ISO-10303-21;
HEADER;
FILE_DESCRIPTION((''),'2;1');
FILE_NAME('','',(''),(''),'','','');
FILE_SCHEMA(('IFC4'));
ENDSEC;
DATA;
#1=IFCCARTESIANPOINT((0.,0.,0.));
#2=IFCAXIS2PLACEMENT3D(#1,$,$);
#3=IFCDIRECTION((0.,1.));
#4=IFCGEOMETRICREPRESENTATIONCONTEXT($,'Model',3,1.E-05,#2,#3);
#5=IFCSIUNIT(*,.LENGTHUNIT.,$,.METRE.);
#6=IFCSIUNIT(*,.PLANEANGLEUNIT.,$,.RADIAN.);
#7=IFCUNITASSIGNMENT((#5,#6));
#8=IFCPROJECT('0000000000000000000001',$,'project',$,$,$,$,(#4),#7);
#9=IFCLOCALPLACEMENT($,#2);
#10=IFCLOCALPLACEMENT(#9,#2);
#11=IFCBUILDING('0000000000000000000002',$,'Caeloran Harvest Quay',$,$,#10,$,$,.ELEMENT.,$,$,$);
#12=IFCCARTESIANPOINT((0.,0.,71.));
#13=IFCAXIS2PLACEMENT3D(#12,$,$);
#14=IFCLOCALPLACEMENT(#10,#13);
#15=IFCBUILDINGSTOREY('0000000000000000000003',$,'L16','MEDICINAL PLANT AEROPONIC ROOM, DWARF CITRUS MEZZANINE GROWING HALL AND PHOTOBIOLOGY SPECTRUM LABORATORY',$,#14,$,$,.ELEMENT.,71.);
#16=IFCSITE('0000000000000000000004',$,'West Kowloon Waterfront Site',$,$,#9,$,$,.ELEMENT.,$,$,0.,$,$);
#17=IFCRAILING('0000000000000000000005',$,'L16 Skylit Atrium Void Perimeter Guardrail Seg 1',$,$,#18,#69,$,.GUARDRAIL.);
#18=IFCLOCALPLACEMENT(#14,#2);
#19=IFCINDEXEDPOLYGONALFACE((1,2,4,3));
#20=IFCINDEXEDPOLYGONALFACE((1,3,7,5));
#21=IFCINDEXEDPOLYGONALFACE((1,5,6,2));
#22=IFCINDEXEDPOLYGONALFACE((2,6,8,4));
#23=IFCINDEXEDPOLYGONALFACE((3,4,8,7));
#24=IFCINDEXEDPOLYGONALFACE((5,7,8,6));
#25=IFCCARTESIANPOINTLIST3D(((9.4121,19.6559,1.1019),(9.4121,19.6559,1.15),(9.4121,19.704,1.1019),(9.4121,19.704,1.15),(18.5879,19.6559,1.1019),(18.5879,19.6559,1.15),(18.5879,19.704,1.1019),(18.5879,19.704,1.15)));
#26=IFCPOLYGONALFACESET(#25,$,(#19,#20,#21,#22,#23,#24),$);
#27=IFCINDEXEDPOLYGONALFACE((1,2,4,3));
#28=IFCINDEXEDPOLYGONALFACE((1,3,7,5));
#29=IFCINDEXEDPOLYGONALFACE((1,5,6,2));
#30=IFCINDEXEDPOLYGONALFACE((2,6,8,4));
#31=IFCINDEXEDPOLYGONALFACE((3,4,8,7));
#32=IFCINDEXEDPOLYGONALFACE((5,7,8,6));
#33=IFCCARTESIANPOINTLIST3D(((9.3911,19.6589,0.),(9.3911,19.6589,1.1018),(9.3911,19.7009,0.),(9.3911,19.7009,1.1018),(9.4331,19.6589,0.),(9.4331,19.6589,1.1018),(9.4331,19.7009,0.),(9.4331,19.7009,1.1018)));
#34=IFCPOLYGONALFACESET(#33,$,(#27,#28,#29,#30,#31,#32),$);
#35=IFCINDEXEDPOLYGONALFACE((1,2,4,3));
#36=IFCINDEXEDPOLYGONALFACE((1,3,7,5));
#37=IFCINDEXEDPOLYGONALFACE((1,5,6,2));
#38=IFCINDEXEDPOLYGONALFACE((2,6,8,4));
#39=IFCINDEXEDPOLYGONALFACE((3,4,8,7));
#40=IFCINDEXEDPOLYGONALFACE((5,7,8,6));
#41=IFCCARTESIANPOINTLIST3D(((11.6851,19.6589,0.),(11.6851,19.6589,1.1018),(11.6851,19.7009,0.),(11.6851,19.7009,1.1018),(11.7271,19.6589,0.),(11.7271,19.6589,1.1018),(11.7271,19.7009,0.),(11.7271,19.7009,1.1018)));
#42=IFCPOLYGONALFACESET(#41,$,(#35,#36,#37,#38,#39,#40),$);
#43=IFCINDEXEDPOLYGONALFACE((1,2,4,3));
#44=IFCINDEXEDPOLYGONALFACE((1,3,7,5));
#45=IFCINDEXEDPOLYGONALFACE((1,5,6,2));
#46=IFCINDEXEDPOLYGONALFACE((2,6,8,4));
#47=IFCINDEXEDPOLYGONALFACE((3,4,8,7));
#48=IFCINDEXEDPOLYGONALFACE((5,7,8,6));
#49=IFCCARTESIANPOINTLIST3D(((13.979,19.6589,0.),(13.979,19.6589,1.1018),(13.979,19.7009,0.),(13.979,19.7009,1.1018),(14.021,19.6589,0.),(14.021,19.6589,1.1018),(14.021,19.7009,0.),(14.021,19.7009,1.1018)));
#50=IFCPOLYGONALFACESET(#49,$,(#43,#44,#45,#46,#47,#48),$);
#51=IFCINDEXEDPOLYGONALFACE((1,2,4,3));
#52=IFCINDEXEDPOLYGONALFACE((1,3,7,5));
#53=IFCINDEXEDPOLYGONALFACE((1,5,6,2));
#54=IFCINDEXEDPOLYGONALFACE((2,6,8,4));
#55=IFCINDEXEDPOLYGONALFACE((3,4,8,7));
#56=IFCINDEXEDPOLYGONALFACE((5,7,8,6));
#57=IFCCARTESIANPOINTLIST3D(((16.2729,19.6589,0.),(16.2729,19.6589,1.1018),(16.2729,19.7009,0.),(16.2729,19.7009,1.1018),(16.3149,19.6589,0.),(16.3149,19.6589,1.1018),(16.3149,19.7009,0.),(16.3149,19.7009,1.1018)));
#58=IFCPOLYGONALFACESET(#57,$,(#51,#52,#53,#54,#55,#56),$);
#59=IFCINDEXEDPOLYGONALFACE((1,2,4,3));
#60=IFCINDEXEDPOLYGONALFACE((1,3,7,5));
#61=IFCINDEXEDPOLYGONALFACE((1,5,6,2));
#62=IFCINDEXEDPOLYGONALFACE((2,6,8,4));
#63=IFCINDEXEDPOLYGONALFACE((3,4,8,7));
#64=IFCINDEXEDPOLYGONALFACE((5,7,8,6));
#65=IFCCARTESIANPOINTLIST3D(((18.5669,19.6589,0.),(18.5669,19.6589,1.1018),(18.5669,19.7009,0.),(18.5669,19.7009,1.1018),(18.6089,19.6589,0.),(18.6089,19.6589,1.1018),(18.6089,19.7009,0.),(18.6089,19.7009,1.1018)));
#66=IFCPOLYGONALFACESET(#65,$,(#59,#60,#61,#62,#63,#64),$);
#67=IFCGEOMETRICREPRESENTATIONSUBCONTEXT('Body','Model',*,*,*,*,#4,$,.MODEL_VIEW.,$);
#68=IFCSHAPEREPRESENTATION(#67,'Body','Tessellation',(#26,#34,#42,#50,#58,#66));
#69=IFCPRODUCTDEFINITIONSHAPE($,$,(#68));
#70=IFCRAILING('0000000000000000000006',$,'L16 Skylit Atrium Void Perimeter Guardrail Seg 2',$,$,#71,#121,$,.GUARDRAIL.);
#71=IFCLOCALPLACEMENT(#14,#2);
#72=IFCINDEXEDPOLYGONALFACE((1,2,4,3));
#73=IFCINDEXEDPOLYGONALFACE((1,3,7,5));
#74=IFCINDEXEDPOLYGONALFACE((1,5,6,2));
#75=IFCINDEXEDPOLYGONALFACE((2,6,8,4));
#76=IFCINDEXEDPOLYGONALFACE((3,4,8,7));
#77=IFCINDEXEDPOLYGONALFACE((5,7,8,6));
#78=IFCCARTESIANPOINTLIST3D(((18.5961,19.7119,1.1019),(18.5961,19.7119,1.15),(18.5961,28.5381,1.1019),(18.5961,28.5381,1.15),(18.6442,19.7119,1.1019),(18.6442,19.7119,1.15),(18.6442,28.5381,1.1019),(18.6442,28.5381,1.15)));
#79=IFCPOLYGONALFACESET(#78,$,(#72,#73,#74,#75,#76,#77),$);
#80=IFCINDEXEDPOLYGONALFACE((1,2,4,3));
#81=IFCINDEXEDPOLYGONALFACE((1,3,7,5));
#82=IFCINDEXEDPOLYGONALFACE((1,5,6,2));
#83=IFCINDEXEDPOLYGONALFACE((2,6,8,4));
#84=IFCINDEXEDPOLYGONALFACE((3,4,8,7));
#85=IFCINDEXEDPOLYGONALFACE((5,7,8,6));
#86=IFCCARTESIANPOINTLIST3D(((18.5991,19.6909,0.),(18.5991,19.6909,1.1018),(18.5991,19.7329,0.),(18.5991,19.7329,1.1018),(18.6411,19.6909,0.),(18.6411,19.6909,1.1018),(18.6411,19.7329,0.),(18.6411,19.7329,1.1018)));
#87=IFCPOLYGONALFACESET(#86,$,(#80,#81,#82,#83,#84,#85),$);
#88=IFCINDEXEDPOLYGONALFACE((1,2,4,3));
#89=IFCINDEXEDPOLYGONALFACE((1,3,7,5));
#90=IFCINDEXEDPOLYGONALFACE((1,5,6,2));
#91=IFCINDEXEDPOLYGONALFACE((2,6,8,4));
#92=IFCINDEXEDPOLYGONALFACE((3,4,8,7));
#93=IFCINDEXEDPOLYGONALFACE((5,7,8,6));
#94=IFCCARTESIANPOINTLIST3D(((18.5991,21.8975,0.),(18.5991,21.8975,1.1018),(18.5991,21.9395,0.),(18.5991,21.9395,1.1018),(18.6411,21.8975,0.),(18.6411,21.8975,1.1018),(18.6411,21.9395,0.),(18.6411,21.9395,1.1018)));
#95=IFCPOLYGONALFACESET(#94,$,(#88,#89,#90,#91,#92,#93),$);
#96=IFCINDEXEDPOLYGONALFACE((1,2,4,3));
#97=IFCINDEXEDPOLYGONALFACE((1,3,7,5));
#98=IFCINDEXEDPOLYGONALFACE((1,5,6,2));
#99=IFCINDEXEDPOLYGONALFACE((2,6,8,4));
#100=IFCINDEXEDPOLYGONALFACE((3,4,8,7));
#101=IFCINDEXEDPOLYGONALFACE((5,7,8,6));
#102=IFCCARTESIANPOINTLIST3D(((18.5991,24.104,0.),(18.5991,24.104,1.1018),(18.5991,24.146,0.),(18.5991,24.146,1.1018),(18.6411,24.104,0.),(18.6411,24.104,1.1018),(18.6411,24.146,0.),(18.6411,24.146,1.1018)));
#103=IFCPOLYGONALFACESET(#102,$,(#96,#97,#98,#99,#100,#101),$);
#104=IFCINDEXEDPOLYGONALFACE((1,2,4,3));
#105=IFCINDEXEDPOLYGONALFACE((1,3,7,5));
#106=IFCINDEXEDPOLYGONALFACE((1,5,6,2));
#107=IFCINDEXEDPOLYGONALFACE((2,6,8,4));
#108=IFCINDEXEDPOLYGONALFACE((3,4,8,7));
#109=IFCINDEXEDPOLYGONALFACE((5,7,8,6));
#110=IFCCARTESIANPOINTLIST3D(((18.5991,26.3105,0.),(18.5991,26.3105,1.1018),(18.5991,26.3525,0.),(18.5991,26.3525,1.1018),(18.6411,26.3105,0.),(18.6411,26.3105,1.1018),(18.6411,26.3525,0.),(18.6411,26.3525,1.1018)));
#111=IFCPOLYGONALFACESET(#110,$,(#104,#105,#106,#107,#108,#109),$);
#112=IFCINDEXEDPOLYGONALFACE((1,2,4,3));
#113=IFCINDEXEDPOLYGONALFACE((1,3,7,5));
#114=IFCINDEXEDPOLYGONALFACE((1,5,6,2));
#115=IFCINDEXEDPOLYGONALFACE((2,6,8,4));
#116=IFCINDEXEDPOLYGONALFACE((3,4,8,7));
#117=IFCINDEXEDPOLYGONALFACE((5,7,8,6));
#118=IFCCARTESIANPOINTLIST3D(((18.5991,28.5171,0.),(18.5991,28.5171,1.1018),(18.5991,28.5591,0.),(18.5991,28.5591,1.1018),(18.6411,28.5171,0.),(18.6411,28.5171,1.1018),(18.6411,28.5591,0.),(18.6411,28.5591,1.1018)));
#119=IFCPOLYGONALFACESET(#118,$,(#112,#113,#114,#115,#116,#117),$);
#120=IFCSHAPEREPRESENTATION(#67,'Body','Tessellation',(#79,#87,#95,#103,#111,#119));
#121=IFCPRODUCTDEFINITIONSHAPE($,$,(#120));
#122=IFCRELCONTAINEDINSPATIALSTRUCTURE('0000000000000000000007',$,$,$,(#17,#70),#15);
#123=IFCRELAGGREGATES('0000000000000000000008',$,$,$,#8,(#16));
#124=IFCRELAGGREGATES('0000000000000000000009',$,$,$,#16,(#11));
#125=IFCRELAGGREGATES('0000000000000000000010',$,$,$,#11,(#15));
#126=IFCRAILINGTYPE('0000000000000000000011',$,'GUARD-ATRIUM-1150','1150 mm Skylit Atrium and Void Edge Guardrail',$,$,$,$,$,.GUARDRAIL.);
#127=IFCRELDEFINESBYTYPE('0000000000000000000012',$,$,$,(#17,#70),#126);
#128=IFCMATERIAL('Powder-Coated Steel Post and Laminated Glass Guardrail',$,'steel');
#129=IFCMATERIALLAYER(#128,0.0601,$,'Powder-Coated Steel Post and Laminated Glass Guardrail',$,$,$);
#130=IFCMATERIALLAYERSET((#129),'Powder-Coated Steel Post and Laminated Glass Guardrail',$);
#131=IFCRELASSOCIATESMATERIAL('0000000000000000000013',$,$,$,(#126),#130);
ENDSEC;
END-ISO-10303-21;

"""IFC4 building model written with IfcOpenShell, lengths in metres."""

from ifc_helpers import new_model, si_unit, direction, frame, origin, origin_2d, place, context, subcontext, project, spatial, rectangle, extrude, material, layer, layer_set, type_object, element, save


model = new_model("IFC4")

# Units and contexts
model_context = context("Model", 3, precision=1e-05, world=origin(), true_north=direction((0.0, 1.0)))
body_context = subcontext(model_context, "Body", "Model", "MODEL_VIEW")
ifc_project = project(units=[si_unit("LENGTHUNIT", "METRE"), si_unit("PLANEANGLEUNIT", "RADIAN")], contexts=[model_context])

# Site, building, storey
site_placement = place(None, origin())
site = spatial("IfcSite", under=ifc_project, at=site_placement, Name="West Kowloon Waterfront Site", CompositionType="ELEMENT", RefElevation=0.0)
building_placement = place(site_placement, origin())
building = spatial("IfcBuilding", under=site, at=building_placement, Name="Caeloran Harvest Quay", CompositionType="ELEMENT")
storey_placement = place(building_placement, frame((0.0, 0.0, 71.0)))
storey = spatial("IfcBuildingStorey", under=building, at=storey_placement, Name="L16", Description="MEDICINAL PLANT AEROPONIC ROOM, DWARF CITRUS MEZZANINE GROWING HALL AND PHOTOBIOLOGY SPECTRUM LABORATORY", CompositionType="ELEMENT", Elevation=71.0)

# Railings
ifc_material_1 = material(Name="Powder-Coated Steel Post and Laminated Glass Guardrail", Category="steel")
ifc_layer_1 = layer(ifc_material_1, 0.0601, Name="Powder-Coated Steel Post and Laminated Glass Guardrail")
ifc_layer_set_1 = layer_set([ifc_layer_1], Name="Powder-Coated Steel Post and Laminated Glass Guardrail")
railing_type = type_object("IfcRailingType", Name="GUARD-ATRIUM-1150", Description="1150 mm Skylit Atrium and Void Edge Guardrail", PredefinedType="GUARDRAIL", material=ifc_layer_set_1)
railing_1_placement = place(storey_placement, frame((9.4121, 19.6799, 0.0)))
element("IfcRailing", 1, at=railing_1_placement, inside=storey, type_object=railing_type, Name="L16 Skylit Atrium Void Perimeter Guardrail Seg 1", PredefinedType="GUARDRAIL", context=body_context, shape_type="SweptSolid", body=[
    extrude(rectangle(XDim=0.0481, YDim=0.0481, at=origin_2d()), frame((0.0, 0.0, 1.126), z_axis=(1.0, 0.0, 0.0), x_axis=(0.0, 1.0, 0.0)), (0.0, 0.0, 1.0), 9.1758),
    extrude(rectangle(XDim=0.042, YDim=0.042, at=origin_2d()), origin(), (0.0, 0.0, 1.0), 1.1018),
    extrude(rectangle(XDim=0.042, YDim=0.042, at=origin_2d()), frame((2.2939, 0.0, 0.0)), (0.0, 0.0, 1.0), 1.1018),
    extrude(rectangle(XDim=0.042, YDim=0.042, at=origin_2d()), frame((4.5879, 0.0, 0.0)), (0.0, 0.0, 1.0), 1.1018),
    extrude(rectangle(XDim=0.042, YDim=0.042, at=origin_2d()), frame((6.8818, 0.0, 0.0)), (0.0, 0.0, 1.0), 1.1018),
    extrude(rectangle(XDim=0.042, YDim=0.042, at=origin_2d()), frame((9.1758, 0.0, 0.0)), (0.0, 0.0, 1.0), 1.1018),
])
railing_2_placement = place(storey_placement, frame((18.6201, 19.7119, 0.0)))
element("IfcRailing", 2, at=railing_2_placement, inside=storey, type_object=railing_type, Name="L16 Skylit Atrium Void Perimeter Guardrail Seg 2", PredefinedType="GUARDRAIL", context=body_context, shape_type="SweptSolid", body=[
    extrude(rectangle(XDim=0.0481, YDim=0.0481, at=origin_2d()), frame((0.0, 0.0, 1.126), z_axis=(0.0, 1.0, 0.0), x_axis=(-1.0, 0.0, 0.0)), (0.0, 0.0, 1.0), 8.8262),
    extrude(rectangle(XDim=0.042, YDim=0.042, at=origin_2d()), origin(), (0.0, 0.0, 1.0), 1.1018),
    extrude(rectangle(XDim=0.042, YDim=0.042, at=origin_2d()), frame((0.0, 2.2065, 0.0)), (0.0, 0.0, 1.0), 1.1018),
    extrude(rectangle(XDim=0.042, YDim=0.042, at=origin_2d()), frame((0.0, 4.4131, 0.0)), (0.0, 0.0, 1.0), 1.1018),
    extrude(rectangle(XDim=0.042, YDim=0.042, at=origin_2d()), frame((0.0, 6.6196, 0.0)), (0.0, 0.0, 1.0), 1.1018),
    extrude(rectangle(XDim=0.042, YDim=0.042, at=origin_2d()), frame((0.0, 8.8262, 0.0)), (0.0, 0.0, 1.0), 1.1018),
])

save(model, "model.ifc")
